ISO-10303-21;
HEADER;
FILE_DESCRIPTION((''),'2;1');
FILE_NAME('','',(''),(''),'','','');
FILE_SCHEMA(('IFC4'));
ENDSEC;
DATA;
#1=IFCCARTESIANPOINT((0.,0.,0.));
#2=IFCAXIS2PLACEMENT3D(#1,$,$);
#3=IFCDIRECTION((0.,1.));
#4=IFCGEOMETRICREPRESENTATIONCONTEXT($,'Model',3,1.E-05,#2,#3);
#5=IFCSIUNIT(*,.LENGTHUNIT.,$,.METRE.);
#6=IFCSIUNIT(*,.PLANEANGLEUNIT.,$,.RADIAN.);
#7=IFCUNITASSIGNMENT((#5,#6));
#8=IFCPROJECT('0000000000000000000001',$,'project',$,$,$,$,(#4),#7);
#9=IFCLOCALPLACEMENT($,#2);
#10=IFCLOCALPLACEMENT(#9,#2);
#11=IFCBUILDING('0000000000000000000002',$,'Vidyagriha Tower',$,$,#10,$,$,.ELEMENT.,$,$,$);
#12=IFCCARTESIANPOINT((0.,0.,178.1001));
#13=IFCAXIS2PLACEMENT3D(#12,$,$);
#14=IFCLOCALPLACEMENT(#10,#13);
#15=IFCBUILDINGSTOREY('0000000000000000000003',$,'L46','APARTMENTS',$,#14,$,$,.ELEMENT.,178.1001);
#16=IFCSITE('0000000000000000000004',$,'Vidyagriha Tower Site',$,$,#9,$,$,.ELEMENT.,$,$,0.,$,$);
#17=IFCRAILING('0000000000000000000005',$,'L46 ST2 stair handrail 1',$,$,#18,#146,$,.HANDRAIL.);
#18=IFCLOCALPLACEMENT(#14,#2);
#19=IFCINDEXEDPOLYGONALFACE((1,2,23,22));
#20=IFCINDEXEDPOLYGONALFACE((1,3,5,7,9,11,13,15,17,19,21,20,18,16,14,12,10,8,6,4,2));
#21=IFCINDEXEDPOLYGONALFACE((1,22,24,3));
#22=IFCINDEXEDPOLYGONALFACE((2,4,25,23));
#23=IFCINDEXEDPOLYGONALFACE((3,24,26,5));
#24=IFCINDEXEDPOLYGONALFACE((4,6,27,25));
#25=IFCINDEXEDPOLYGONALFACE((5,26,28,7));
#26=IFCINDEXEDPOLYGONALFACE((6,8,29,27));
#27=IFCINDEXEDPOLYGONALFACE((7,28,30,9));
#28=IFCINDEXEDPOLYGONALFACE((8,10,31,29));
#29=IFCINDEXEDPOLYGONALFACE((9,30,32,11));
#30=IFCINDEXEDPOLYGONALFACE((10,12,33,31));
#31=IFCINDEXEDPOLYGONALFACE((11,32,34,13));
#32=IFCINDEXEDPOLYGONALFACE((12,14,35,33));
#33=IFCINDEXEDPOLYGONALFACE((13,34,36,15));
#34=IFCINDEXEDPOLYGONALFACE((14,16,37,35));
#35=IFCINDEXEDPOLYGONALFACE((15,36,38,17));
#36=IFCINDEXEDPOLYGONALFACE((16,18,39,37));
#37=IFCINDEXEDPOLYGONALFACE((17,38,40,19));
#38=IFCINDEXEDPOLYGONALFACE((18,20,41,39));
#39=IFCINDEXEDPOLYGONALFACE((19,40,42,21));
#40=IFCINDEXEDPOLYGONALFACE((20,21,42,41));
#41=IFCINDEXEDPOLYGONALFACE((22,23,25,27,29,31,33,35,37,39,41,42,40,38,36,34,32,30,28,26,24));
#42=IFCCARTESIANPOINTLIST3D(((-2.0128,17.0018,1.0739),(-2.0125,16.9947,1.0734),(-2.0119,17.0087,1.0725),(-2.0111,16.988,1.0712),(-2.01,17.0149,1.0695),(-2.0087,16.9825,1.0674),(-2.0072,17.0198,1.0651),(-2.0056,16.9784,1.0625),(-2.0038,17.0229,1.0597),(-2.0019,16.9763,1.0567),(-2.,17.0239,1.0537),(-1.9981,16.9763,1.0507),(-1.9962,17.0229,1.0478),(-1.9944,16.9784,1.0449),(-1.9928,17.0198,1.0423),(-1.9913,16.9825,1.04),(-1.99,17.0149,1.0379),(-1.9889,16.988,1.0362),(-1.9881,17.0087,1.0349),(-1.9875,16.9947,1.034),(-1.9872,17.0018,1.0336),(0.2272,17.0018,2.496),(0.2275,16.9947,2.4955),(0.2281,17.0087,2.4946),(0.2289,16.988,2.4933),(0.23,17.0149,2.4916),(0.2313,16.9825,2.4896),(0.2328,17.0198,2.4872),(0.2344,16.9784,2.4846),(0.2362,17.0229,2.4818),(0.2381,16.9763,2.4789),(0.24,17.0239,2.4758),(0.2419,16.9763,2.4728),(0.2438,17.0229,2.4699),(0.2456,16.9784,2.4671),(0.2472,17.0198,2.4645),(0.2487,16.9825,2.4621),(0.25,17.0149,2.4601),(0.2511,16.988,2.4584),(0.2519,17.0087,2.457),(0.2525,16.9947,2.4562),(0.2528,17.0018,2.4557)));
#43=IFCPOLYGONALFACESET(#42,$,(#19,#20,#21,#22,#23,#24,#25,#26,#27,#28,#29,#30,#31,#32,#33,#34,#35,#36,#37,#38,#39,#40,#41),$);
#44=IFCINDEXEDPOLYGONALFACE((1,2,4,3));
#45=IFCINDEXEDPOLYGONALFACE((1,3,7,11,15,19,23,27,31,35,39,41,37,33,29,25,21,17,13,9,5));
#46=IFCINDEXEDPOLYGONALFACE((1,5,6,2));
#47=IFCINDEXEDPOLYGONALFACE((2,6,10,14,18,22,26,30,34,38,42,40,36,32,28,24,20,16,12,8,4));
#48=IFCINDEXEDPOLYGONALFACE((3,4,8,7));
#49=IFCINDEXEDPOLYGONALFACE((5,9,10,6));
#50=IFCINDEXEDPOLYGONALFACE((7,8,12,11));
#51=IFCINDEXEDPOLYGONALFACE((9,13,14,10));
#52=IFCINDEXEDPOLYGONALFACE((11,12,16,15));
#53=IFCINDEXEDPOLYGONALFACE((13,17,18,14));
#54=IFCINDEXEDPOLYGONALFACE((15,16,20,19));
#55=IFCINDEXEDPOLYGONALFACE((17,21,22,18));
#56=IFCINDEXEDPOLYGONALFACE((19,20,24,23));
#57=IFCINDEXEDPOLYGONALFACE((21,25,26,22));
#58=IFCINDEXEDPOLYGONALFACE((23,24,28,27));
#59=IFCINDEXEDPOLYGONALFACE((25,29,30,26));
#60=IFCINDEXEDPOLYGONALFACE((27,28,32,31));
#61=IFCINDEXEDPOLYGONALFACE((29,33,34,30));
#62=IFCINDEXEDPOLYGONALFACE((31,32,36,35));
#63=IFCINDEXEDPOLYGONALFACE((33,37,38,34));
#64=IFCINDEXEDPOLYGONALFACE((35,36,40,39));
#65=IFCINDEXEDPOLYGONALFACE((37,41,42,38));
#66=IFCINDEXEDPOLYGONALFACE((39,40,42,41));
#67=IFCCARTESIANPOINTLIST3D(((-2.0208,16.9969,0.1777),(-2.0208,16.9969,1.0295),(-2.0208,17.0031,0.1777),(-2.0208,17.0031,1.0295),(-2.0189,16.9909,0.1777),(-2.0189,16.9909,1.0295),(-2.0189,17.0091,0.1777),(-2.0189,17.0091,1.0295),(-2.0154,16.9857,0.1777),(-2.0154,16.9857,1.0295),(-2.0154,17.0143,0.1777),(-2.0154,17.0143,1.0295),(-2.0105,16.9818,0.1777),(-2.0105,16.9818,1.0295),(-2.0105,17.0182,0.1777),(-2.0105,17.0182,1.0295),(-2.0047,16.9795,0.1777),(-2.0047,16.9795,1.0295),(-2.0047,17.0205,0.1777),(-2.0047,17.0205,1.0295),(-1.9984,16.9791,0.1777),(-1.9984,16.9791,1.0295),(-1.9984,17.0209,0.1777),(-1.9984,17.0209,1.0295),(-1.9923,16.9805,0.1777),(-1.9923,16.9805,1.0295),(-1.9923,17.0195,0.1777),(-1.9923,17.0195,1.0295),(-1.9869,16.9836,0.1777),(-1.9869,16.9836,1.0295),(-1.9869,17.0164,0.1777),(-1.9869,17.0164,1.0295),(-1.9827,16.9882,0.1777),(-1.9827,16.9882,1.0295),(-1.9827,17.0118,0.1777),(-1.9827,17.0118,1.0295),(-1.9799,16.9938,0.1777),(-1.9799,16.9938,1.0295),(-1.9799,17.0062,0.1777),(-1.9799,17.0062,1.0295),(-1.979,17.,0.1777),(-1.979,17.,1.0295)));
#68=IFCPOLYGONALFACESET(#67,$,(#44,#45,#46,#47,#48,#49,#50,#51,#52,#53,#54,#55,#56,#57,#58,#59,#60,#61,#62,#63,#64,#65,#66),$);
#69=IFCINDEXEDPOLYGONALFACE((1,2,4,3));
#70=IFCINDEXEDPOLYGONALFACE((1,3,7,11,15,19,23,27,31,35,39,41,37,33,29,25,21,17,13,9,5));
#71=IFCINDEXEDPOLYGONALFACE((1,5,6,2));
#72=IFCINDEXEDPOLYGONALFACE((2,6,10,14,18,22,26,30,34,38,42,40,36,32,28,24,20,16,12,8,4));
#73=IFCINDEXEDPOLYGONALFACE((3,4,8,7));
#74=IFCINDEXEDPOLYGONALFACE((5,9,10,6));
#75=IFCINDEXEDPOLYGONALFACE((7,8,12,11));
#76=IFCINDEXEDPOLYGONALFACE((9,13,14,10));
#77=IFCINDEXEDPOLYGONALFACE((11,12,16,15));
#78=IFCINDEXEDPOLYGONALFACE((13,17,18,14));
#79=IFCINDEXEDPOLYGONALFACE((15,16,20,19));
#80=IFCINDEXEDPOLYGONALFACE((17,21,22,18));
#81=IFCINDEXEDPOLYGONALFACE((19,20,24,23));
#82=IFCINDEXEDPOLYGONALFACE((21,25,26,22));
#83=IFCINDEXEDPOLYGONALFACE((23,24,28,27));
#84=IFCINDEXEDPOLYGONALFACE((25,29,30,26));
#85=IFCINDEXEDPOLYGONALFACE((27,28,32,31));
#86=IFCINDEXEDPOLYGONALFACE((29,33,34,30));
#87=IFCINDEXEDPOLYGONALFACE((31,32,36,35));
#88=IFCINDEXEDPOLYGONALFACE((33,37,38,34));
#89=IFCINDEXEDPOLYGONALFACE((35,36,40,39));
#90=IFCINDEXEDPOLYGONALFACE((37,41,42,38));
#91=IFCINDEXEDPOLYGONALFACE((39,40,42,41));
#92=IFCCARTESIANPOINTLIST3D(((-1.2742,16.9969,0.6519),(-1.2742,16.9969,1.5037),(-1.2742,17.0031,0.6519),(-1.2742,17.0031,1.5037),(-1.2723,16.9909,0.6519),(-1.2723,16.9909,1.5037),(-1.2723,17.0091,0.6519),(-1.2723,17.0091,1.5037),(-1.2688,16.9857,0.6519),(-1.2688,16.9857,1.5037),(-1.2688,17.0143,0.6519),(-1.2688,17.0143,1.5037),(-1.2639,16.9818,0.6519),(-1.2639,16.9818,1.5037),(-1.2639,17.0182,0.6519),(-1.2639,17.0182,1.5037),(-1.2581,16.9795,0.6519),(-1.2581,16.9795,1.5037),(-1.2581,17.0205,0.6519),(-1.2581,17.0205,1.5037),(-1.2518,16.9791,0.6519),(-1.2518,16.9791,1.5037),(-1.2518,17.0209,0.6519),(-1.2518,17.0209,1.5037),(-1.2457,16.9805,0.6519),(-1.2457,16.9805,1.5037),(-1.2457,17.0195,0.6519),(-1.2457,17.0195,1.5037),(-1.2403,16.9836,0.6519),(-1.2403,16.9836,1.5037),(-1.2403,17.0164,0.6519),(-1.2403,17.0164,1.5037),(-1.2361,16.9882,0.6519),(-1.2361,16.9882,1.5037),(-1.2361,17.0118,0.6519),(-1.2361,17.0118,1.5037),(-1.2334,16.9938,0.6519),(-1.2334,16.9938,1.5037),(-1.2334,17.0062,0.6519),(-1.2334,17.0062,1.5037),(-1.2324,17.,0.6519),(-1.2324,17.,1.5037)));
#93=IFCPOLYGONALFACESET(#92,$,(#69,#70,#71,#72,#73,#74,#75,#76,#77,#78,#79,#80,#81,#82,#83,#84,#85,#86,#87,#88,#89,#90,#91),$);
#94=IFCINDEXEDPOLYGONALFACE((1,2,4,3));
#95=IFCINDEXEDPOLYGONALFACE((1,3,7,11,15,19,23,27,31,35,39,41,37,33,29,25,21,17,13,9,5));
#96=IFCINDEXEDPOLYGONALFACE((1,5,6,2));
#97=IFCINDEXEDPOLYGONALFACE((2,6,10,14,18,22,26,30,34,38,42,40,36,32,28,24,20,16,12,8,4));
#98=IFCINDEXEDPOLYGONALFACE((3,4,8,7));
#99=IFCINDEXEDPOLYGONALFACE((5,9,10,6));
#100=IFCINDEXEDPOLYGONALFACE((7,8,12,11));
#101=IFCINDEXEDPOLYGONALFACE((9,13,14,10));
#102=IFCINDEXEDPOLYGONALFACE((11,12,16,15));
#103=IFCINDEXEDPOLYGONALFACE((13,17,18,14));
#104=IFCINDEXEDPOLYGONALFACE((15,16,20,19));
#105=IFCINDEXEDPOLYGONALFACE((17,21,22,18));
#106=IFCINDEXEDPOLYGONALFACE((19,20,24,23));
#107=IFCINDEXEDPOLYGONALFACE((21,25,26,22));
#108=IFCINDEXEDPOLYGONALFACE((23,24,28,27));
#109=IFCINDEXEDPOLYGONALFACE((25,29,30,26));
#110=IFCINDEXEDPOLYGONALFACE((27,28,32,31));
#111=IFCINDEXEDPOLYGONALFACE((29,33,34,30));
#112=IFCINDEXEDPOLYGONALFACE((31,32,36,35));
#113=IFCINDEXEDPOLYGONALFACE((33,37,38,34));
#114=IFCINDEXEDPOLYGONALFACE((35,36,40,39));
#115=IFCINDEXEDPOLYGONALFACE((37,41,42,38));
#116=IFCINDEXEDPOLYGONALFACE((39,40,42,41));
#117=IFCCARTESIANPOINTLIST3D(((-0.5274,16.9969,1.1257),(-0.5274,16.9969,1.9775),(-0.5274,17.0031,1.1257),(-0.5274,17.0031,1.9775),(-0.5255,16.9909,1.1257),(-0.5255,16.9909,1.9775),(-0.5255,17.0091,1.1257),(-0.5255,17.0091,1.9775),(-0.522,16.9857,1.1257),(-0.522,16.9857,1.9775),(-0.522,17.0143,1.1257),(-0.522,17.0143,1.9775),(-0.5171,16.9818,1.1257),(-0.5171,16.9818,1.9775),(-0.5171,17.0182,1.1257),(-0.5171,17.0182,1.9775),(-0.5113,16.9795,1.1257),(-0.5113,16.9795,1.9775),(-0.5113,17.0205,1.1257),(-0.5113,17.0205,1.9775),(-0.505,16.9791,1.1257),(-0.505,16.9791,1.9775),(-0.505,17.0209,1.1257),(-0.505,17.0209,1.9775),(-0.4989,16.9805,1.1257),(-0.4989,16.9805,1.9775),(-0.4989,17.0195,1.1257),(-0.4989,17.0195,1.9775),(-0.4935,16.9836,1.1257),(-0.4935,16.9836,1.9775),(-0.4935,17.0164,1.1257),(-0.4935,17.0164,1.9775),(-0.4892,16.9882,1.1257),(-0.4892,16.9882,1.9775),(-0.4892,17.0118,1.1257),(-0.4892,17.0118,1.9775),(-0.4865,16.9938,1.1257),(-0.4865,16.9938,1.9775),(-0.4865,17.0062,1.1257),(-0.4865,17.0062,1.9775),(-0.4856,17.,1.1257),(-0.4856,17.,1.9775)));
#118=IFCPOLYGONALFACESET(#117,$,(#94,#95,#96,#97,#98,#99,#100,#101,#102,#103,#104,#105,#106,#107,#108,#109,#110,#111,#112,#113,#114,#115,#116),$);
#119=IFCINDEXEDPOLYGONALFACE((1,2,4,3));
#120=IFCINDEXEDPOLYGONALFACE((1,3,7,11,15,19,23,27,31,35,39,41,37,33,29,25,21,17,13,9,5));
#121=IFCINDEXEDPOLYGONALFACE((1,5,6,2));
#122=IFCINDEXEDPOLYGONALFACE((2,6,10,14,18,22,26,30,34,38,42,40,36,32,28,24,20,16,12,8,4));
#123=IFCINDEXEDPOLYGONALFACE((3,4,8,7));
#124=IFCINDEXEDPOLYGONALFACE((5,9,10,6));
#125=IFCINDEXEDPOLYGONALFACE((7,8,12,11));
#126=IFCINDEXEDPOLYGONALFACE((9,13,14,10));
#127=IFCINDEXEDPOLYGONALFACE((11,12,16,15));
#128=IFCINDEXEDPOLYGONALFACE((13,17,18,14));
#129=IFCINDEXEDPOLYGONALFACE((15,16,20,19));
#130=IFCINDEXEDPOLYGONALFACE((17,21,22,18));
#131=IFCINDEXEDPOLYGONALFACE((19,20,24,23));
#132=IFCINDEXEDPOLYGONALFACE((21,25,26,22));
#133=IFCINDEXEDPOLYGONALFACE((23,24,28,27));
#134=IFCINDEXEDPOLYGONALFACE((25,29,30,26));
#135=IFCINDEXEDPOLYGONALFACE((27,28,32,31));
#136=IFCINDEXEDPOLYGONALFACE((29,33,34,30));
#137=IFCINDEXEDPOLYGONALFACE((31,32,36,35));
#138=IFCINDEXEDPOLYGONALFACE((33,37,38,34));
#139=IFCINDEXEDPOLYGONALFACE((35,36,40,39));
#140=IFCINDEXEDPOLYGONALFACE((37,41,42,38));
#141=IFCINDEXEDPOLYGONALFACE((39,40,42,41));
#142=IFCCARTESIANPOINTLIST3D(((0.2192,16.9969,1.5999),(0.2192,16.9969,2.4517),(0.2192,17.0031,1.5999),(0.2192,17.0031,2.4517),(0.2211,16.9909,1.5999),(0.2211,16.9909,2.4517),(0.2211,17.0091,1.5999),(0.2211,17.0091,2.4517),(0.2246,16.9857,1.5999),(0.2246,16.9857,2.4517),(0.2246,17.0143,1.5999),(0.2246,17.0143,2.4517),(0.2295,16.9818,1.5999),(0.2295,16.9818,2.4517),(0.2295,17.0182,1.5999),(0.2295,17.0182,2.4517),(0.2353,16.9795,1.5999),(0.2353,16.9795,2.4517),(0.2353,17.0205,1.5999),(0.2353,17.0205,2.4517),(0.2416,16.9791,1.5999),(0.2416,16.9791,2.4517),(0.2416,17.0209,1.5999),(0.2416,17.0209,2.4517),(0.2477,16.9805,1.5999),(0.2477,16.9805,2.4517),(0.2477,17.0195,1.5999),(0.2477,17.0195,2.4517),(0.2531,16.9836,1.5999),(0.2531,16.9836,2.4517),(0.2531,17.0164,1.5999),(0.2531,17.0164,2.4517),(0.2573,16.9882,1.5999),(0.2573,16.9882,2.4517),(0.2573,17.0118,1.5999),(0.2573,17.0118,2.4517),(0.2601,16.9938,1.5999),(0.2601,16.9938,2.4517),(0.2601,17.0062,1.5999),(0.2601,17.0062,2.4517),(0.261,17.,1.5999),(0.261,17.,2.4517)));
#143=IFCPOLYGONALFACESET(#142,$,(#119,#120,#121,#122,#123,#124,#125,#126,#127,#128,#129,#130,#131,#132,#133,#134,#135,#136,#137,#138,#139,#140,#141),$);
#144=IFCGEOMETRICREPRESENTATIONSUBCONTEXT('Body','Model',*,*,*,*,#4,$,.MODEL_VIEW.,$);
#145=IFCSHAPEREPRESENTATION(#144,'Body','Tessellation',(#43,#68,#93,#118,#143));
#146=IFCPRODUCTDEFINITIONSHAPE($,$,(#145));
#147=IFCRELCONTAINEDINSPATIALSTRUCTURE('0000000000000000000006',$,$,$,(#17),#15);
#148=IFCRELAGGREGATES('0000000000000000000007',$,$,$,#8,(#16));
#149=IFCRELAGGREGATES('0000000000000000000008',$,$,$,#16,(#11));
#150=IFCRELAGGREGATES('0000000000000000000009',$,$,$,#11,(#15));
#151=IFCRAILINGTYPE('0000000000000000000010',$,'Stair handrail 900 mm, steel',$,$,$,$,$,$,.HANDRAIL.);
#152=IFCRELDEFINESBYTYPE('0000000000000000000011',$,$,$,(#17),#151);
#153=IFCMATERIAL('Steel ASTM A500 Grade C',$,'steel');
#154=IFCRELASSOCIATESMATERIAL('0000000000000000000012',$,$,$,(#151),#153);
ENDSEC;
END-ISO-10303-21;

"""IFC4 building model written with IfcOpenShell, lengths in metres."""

from ifc_helpers import new_model, si_unit, direction, frame, origin, origin_2d, place, context, subcontext, project, spatial, circle, extrude, material, type_object, element, save


model = new_model("IFC4")

# Units and contexts
model_context = context("Model", 3, precision=1e-05, world=origin(), true_north=direction((0.0, 1.0)))
body_context = subcontext(model_context, "Body", "Model", "MODEL_VIEW")
ifc_project = project(units=[si_unit("LENGTHUNIT", "METRE"), si_unit("PLANEANGLEUNIT", "RADIAN")], contexts=[model_context])

# Site, building, storey
site_placement = place(None, origin())
site = spatial("IfcSite", under=ifc_project, at=site_placement, Name="Vidyagriha Tower Site", CompositionType="ELEMENT", RefElevation=0.0)
building_placement = place(site_placement, origin())
building = spatial("IfcBuilding", under=site, at=building_placement, Name="Vidyagriha Tower", CompositionType="ELEMENT")
storey_placement = place(building_placement, frame((0.0, 0.0, 178.1001)))
storey = spatial("IfcBuildingStorey", under=building, at=storey_placement, Name="L46", Description="APARTMENTS", CompositionType="ELEMENT", Elevation=178.1001)

# Railing
ifc_material_1 = material(Name="Steel ASTM A500 Grade C", Category="steel")
railing_type_1 = type_object("IfcRailingType", Name="Stair handrail 900 mm, steel", PredefinedType="HANDRAIL", material=ifc_material_1)
railing_1_placement = place(storey_placement, frame((-2.0, 17.0, 0.1777)))
element("IfcRailing", 1, at=railing_1_placement, inside=storey, type_object=railing_type_1, Name="L46 ST2 stair handrail 1", PredefinedType="HANDRAIL", context=body_context, shape_type="SweptSolid", body=[
    extrude(circle(Radius=0.0239, at=origin_2d()), frame((0.0, 0.0, 0.876), z_axis=(0.844229, 0.0, 0.535982), x_axis=(0.0, 1.0, 0.0)), (0.0, 0.0, 1.0), 2.6533),
    extrude(circle(Radius=0.021, at=origin_2d()), origin(), (0.0, 0.0, 1.0), 0.8518),
    extrude(circle(Radius=0.021, at=origin_2d()), frame((0.7466, 0.0, 0.4741)), (0.0, 0.0, 1.0), 0.8518),
    extrude(circle(Radius=0.021, at=origin_2d()), frame((1.4934, 0.0, 0.948)), (0.0, 0.0, 1.0), 0.8518),
    extrude(circle(Radius=0.021, at=origin_2d()), frame((2.24, 0.0, 1.4221)), (0.0, 0.0, 1.0), 0.8518),
])

save(model, "model.ifc")
